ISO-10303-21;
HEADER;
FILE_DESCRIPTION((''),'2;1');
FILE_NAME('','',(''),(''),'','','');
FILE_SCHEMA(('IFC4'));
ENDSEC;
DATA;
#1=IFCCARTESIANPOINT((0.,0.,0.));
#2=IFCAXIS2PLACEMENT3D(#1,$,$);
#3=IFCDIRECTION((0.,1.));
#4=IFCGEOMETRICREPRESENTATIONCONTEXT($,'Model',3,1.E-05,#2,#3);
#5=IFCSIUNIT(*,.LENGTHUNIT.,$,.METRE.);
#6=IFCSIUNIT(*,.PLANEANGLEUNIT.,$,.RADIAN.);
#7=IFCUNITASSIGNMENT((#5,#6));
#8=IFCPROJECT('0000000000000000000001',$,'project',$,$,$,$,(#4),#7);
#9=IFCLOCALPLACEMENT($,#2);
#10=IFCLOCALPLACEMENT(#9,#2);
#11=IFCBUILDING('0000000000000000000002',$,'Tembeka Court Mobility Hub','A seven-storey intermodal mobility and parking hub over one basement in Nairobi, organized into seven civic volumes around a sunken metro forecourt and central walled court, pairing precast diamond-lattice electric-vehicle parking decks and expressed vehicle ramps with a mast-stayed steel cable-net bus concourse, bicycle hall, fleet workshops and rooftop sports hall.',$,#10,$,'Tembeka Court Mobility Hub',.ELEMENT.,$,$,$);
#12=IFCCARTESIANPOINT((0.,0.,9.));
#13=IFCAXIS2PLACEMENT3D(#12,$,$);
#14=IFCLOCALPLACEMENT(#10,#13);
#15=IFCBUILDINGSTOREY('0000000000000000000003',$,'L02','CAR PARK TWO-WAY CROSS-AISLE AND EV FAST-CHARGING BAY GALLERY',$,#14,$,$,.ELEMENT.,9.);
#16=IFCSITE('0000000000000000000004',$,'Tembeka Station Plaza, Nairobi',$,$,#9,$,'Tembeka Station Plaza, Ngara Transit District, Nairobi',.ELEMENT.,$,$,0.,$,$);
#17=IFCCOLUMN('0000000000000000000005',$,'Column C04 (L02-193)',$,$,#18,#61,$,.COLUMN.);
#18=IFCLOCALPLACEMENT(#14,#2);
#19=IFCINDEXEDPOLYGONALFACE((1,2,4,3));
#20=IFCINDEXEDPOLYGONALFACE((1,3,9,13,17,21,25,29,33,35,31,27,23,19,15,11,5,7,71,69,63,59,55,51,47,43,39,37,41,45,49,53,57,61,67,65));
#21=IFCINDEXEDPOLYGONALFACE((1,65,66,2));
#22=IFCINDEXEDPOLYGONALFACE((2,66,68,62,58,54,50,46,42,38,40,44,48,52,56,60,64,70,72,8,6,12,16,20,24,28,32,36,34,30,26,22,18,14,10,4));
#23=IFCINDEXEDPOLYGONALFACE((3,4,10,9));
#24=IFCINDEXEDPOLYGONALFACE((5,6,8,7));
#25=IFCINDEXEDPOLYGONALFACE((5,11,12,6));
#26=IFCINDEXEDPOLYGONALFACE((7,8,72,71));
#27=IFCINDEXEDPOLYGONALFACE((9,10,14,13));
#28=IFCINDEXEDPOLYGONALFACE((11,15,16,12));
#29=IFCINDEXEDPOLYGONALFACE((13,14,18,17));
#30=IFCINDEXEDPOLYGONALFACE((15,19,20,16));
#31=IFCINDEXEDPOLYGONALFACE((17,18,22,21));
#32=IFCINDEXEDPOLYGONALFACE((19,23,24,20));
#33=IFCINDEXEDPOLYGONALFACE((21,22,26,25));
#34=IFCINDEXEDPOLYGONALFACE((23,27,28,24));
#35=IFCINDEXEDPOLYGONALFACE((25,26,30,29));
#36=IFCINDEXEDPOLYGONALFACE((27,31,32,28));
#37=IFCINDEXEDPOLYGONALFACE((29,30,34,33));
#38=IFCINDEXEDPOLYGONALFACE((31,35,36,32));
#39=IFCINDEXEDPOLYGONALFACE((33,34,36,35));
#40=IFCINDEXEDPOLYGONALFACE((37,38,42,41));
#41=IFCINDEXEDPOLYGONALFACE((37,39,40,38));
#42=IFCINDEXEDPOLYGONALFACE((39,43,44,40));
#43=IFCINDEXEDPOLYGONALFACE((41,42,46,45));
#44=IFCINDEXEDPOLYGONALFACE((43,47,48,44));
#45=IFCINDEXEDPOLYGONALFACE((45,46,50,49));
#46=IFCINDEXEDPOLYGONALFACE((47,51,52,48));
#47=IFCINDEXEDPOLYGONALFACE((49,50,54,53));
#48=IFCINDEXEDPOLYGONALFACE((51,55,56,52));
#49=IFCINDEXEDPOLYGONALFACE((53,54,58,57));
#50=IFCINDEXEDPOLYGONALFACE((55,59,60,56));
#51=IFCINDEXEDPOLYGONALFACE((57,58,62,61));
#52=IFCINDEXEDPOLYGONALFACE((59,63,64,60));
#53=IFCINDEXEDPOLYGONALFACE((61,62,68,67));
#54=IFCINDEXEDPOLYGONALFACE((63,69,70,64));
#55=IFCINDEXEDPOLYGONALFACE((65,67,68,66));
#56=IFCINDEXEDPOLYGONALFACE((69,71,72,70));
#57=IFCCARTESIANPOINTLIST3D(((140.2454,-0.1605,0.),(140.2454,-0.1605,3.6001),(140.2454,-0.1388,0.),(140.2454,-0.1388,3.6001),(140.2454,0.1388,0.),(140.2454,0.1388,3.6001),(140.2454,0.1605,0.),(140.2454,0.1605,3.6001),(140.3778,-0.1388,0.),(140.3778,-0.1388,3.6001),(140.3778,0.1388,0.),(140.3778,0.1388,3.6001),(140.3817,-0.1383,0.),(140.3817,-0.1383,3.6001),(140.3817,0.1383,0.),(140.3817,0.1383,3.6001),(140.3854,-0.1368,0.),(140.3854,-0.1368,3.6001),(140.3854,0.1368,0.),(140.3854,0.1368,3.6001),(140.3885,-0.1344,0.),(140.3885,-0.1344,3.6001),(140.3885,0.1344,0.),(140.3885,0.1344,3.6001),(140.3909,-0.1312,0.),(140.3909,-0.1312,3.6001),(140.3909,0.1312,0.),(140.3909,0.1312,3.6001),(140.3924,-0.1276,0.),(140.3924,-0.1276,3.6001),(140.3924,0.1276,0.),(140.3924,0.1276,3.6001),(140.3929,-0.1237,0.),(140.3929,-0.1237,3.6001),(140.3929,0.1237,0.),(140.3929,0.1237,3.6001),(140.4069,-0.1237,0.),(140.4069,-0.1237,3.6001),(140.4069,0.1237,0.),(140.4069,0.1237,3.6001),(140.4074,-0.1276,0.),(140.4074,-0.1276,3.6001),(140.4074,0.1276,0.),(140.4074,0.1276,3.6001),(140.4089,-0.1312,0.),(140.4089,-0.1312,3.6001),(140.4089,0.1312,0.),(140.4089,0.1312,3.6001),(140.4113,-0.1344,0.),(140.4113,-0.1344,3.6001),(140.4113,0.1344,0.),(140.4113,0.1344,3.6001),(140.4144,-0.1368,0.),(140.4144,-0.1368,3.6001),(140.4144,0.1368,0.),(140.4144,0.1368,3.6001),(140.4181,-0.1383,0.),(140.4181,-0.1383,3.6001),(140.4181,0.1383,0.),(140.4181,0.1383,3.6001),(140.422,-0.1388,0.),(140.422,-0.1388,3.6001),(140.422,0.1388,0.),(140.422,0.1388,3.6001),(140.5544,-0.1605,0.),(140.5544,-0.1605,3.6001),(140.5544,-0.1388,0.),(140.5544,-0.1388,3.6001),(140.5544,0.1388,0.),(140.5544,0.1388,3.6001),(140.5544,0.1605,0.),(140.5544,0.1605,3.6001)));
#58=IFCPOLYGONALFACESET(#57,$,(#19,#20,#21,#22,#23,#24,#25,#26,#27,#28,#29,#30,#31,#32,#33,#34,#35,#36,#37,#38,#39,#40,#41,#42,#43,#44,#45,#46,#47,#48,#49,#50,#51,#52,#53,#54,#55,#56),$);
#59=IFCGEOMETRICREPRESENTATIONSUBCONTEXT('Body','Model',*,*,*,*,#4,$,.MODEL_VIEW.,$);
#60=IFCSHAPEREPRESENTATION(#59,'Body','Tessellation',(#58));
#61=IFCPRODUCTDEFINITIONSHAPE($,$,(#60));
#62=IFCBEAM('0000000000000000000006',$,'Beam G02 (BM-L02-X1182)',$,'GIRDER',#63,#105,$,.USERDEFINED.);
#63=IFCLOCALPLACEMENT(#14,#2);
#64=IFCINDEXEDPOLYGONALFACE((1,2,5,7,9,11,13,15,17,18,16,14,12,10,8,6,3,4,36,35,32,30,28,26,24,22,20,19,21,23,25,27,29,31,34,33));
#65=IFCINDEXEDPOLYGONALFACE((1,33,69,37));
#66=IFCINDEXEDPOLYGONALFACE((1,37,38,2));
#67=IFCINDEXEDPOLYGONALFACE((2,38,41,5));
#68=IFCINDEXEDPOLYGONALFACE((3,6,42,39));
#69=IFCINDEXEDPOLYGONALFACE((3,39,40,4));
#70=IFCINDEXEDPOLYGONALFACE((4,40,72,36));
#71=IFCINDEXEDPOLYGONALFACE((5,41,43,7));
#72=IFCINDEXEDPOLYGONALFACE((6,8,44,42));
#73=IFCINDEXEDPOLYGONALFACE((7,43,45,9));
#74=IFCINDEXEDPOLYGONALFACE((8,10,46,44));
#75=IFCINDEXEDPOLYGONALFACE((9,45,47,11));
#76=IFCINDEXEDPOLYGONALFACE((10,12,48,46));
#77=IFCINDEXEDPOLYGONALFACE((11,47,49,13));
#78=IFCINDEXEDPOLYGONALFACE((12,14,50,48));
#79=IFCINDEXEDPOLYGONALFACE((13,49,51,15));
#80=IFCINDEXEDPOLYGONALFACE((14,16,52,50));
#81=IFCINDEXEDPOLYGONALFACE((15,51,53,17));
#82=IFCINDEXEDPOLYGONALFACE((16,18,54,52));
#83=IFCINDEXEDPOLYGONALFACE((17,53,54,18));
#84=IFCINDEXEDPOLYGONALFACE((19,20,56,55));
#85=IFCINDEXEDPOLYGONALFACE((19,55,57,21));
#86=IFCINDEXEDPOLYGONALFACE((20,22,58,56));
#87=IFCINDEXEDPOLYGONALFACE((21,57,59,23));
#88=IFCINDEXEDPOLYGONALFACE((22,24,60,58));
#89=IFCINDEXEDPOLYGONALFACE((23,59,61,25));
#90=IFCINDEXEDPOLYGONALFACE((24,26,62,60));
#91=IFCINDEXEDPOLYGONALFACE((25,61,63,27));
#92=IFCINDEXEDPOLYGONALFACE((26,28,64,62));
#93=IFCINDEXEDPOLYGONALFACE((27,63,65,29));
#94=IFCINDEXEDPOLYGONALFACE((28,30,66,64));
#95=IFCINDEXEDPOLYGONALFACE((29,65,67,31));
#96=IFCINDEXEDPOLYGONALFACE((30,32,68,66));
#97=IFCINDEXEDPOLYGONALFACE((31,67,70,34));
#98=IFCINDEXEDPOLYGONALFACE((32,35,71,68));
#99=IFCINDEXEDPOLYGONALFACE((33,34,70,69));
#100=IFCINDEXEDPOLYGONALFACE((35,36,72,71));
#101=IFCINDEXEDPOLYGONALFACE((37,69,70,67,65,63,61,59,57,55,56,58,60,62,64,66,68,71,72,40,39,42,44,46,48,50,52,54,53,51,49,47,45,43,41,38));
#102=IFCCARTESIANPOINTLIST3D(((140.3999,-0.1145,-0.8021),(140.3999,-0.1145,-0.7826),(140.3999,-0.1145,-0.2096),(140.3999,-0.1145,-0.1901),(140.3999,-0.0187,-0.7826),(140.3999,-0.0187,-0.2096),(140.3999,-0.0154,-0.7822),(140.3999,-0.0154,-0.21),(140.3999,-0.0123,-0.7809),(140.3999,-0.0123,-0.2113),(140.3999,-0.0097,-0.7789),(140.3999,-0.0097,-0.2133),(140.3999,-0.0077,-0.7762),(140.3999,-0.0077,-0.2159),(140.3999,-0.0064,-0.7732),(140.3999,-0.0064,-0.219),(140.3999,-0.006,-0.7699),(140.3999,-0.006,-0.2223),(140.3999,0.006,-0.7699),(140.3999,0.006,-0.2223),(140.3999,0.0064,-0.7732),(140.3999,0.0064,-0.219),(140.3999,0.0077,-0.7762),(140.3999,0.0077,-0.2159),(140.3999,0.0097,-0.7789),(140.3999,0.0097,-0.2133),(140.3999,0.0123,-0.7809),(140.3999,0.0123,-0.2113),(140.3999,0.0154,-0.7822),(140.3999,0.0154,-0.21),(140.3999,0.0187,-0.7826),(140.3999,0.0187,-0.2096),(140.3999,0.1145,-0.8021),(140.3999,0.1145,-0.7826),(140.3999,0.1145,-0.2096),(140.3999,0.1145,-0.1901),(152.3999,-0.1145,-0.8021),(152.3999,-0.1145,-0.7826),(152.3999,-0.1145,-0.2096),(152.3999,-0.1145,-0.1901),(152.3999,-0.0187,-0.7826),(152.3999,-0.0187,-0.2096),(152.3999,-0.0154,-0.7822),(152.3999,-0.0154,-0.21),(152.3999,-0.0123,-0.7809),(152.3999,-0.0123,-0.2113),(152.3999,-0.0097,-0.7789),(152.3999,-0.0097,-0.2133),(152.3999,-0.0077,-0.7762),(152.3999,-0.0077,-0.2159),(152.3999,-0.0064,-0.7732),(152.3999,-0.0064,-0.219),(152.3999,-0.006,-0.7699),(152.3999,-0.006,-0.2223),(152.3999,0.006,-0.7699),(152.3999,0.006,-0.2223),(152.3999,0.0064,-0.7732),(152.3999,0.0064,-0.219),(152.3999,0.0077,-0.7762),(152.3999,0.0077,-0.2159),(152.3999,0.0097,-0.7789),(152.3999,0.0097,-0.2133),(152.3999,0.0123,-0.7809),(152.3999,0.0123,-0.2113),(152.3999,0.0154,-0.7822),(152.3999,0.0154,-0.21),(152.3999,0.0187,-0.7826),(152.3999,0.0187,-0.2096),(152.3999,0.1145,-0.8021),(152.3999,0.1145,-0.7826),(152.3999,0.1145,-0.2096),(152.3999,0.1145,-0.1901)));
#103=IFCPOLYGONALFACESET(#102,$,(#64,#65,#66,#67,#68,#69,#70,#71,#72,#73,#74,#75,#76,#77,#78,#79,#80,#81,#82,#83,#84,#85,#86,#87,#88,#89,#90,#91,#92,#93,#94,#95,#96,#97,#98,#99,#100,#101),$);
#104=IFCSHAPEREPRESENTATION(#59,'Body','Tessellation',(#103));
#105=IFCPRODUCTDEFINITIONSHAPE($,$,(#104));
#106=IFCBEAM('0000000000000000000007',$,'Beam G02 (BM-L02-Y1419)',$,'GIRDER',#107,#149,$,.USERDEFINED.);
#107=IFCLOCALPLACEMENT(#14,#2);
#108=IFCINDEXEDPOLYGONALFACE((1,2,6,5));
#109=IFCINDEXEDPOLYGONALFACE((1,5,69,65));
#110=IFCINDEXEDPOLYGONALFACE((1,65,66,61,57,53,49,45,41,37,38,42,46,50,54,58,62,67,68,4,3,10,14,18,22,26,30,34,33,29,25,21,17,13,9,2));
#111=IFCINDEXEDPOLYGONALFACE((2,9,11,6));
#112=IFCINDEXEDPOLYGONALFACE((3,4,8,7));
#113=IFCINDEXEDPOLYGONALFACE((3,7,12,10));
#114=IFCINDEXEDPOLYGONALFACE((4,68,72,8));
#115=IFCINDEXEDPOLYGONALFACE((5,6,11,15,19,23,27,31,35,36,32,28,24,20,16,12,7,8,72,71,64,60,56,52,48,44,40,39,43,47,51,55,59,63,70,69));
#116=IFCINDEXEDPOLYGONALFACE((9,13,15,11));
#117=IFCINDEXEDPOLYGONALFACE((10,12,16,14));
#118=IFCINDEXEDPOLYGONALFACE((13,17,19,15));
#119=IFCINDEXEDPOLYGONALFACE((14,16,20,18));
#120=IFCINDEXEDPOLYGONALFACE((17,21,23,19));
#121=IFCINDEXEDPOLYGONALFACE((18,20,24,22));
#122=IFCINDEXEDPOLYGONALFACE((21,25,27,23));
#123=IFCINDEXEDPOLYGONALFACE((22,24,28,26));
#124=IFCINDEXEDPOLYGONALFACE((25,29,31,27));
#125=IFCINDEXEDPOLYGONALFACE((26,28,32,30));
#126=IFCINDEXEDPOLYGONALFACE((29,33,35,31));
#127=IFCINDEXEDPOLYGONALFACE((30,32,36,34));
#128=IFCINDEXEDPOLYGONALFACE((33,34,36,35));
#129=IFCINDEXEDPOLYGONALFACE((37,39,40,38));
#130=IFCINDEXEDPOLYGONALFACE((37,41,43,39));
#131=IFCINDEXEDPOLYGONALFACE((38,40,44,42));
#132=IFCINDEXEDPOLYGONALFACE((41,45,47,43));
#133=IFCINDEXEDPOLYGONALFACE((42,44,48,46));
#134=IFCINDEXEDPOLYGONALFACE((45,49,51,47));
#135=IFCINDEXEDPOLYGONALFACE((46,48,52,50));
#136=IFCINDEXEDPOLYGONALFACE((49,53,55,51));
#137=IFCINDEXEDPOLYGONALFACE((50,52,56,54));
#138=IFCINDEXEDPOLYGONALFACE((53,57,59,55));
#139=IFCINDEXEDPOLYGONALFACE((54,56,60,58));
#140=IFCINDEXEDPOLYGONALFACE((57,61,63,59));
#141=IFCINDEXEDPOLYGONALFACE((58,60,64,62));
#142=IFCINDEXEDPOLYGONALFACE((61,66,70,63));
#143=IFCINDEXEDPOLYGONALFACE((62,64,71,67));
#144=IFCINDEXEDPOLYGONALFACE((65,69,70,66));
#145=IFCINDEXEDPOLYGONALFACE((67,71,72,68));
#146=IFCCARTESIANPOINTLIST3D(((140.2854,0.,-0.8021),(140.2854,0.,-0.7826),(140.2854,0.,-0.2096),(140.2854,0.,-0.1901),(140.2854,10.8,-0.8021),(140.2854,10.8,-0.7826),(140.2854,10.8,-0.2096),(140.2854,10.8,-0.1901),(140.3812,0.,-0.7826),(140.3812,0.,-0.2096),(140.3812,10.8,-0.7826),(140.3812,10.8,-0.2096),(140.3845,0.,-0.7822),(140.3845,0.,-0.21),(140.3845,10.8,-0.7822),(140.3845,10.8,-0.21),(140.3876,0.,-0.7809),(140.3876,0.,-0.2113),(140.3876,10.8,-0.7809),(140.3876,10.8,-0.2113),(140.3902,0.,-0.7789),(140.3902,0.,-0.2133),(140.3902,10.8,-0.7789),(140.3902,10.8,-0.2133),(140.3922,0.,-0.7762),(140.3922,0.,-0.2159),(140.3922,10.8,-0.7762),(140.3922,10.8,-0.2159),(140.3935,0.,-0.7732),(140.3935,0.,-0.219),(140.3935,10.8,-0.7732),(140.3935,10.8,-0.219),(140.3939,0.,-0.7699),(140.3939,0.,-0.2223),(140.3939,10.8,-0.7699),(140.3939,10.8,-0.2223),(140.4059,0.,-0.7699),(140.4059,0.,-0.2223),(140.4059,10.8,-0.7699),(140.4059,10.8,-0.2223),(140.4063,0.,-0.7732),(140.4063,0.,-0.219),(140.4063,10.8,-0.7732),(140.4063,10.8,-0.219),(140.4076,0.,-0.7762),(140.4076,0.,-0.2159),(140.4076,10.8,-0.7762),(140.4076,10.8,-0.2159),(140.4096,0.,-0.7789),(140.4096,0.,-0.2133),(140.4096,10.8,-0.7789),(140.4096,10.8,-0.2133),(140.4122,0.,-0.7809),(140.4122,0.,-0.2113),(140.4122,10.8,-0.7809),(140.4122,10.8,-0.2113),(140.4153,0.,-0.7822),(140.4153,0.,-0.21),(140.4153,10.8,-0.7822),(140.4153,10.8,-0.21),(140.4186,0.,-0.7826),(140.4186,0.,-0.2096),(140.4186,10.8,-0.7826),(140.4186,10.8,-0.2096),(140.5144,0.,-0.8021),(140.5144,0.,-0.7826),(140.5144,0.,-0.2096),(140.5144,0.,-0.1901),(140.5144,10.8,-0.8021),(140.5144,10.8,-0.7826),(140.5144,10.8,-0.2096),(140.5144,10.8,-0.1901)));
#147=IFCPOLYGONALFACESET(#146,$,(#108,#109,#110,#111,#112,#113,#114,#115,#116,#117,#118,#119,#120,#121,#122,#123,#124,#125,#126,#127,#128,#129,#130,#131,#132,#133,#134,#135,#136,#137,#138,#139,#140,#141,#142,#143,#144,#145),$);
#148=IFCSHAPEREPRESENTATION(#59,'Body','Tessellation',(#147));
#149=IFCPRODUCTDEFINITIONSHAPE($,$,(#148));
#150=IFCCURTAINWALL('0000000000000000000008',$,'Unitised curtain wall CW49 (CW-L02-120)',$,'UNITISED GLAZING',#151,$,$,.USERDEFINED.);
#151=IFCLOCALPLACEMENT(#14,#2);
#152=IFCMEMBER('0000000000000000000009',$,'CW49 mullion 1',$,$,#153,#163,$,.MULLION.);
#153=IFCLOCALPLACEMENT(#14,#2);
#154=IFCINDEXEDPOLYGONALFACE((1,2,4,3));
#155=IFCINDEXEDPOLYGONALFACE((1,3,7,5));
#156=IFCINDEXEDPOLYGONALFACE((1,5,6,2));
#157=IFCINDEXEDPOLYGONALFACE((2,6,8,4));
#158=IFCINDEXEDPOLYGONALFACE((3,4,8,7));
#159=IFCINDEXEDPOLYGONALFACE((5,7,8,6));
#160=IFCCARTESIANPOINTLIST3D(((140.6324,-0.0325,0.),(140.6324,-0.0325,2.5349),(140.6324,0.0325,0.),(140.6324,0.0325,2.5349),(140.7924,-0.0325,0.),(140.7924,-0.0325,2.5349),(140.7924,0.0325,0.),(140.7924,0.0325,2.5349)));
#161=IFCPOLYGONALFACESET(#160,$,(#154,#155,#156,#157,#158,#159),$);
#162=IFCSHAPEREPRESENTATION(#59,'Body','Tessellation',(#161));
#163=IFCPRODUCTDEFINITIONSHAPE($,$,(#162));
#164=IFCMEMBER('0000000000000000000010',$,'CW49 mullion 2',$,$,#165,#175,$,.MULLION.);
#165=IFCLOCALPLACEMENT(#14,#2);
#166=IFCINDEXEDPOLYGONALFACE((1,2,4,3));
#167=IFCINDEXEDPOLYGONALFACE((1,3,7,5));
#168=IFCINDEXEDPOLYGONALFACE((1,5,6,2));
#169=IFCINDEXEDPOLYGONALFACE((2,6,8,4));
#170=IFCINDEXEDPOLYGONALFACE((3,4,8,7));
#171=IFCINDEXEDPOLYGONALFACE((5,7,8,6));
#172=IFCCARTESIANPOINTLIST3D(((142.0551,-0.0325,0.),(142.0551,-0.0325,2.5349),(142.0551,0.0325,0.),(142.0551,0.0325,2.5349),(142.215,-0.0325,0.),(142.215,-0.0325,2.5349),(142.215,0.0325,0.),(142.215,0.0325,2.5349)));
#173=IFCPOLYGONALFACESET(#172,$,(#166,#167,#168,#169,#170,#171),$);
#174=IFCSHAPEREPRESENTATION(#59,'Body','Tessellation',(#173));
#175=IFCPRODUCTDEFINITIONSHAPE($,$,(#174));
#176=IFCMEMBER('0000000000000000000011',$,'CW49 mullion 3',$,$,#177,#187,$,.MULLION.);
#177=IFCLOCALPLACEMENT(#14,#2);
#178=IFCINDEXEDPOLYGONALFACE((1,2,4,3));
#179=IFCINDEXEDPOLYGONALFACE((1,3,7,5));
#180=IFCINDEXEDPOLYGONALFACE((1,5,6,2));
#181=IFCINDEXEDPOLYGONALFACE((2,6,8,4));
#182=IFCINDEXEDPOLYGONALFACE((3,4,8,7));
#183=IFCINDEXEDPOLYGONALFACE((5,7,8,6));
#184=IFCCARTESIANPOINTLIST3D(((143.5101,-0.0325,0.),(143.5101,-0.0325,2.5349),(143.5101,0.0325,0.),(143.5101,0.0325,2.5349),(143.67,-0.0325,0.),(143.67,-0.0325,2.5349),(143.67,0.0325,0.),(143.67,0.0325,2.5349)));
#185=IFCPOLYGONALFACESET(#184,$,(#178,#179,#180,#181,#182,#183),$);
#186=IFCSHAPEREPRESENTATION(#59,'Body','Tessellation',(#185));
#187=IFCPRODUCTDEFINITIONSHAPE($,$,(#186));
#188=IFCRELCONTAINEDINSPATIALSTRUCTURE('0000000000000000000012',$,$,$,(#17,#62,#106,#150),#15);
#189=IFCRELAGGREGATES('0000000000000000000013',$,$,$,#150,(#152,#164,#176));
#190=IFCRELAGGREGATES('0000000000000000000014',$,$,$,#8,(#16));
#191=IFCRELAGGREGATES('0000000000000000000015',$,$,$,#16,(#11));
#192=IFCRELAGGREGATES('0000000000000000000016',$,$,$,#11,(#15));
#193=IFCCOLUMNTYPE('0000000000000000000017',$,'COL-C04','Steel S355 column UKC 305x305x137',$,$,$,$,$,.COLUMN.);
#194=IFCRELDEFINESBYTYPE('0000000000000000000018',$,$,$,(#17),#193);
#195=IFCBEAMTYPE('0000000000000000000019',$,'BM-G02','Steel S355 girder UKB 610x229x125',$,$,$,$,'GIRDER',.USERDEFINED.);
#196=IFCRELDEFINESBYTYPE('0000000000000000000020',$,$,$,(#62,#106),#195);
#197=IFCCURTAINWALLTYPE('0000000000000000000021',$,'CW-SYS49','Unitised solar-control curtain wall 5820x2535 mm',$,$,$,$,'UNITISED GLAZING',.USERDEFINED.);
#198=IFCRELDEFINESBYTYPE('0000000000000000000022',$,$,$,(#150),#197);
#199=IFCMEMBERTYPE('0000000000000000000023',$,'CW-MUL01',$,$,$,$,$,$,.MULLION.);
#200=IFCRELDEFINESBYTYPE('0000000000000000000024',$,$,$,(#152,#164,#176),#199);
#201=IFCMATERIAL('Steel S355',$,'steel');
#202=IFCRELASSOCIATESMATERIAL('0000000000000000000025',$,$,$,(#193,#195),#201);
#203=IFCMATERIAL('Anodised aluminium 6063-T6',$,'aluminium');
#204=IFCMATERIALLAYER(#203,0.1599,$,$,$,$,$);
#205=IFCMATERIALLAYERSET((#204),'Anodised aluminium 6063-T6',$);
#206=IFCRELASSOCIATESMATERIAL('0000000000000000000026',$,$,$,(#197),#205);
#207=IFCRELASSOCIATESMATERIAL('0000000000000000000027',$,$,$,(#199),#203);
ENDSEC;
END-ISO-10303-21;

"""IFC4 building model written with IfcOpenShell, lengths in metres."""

from ifc_helpers import new_model, si_unit, direction, frame, origin, origin_2d, place, context, subcontext, project, spatial, rectangle, i_section, extrude, material, layer, layer_set, material_profile, profile_set, type_object, element, aggregate, save


model = new_model("IFC4")

# Units and contexts
model_context = context("Model", 3, precision=1e-05, world=origin(), true_north=direction((0.0, 1.0)))
body_context = subcontext(model_context, "Body", "Model", "MODEL_VIEW")
ifc_project = project(units=[si_unit("LENGTHUNIT", "METRE"), si_unit("PLANEANGLEUNIT", "RADIAN")], contexts=[model_context])

# Site, building, storey
site_placement = place(None, origin())
site = spatial("IfcSite", under=ifc_project, at=site_placement, Name="Tembeka Station Plaza, Nairobi", LongName="Tembeka Station Plaza, Ngara Transit District, Nairobi", CompositionType="ELEMENT", RefElevation=0.0)
building_placement = place(site_placement, origin())
building = spatial("IfcBuilding", under=site, at=building_placement, Name="Tembeka Court Mobility Hub", Description="A seven-storey intermodal mobility and parking hub over one basement in Nairobi, organized into seven civic volumes around a sunken metro forecourt and central walled court, pairing precast diamond-lattice electric-vehicle parking decks and expressed vehicle ramps with a mast-stayed steel cable-net bus concourse, bicycle hall, fleet workshops and rooftop sports hall.", LongName="Tembeka Court Mobility Hub", CompositionType="ELEMENT")
storey_placement = place(building_placement, frame((0.0, 0.0, 9.0)))
storey = spatial("IfcBuildingStorey", under=building, at=storey_placement, Name="L02", Description="CAR PARK TWO-WAY CROSS-AISLE AND EV FAST-CHARGING BAY GALLERY", CompositionType="ELEMENT", Elevation=9.0)

# Column
ifc_material_1 = material(Name="Steel S355", Category="steel")
ifc_material_profile_1 = material_profile(ifc_material_1, i_section(OverallWidth=0.3091, OverallDepth=0.321, WebThickness=0.0139, FlangeThickness=0.0217, FilletRadius=0.0151, at=origin_2d()), Name="UKC 305x305x137")
ifc_profile_set_1 = profile_set([ifc_material_profile_1], Name="Steel S355")
column_type = type_object("IfcColumnType", Name="COL-C04", Description="Steel S355 column UKC 305x305x137", PredefinedType="COLUMN", material=ifc_profile_set_1)
column_placement = place(storey_placement, frame((140.3999, 0.0, 0.0), z_axis=(0.0, 0.0, 1.0), x_axis=(1.0, 0.0, 0.0)))
element("IfcColumn", 1, at=column_placement, inside=storey, type_object=column_type, Name="Column C04 (L02-193)", PredefinedType="COLUMN", context=body_context, shape_type="SweptSolid", body=[
    extrude(i_section(OverallWidth=0.3091, OverallDepth=0.321, WebThickness=0.0139, FlangeThickness=0.0217, FilletRadius=0.0151, at=origin_2d()), origin(), (0.0, 0.0, 1.0), 3.6001),
])

# Beams
ifc_material_profile_2 = material_profile(ifc_material_1, i_section(OverallWidth=0.229, OverallDepth=0.6121, WebThickness=0.012, FlangeThickness=0.0195, FilletRadius=0.0127, at=origin_2d()), Name="UKB 610x229x125")
ifc_profile_set_2 = profile_set([ifc_material_profile_2], Name="Steel S355")
beam_type = type_object("IfcBeamType", Name="BM-G02", Description="Steel S355 girder UKB 610x229x125", ElementType="GIRDER", PredefinedType="USERDEFINED", material=ifc_profile_set_2)
beam_1_placement = place(storey_placement, frame((140.3999, 0.0, -0.4961), z_axis=(1.0, 0.0, 0.0), x_axis=(0.0, 1.0, 0.0)))
element("IfcBeam", 2, at=beam_1_placement, inside=storey, type_object=beam_type, Name="Beam G02 (BM-L02-X1182)", ObjectType="GIRDER", PredefinedType="USERDEFINED", context=body_context, shape_type="SweptSolid", body=[
    extrude(i_section(OverallWidth=0.229, OverallDepth=0.6121, WebThickness=0.012, FlangeThickness=0.0195, FilletRadius=0.0127, at=origin_2d()), origin(), (0.0, 0.0, 1.0), 12.0),
])
beam_2_placement = place(storey_placement, frame((140.3999, 0.0, -0.4961), z_axis=(0.0, 1.0, 0.0), x_axis=(-1.0, 0.0, 0.0)))
element("IfcBeam", 3, at=beam_2_placement, inside=storey, type_object=beam_type, Name="Beam G02 (BM-L02-Y1419)", ObjectType="GIRDER", PredefinedType="USERDEFINED", context=body_context, shape_type="SweptSolid", body=[
    extrude(i_section(OverallWidth=0.229, OverallDepth=0.6121, WebThickness=0.012, FlangeThickness=0.0195, FilletRadius=0.0127, at=origin_2d()), origin(), (0.0, 0.0, 1.0), 10.8),
])

# Curtain wall, members
ifc_material_2 = material(Name="Anodised aluminium 6063-T6", Category="aluminium")
ifc_layer_1 = layer(ifc_material_2, 0.1599)
ifc_layer_set_1 = layer_set([ifc_layer_1], Name="Anodised aluminium 6063-T6")
curtain_wall_type = type_object("IfcCurtainWallType", Name="CW-SYS49", Description="Unitised solar-control curtain wall 5820x2535 mm", ElementType="UNITISED GLAZING", PredefinedType="USERDEFINED", material=ifc_layer_set_1)
curtain_wall_placement = place(storey_placement, origin())
curtain_wall = element("IfcCurtainWall", 4, at=curtain_wall_placement, inside=storey, type_object=curtain_wall_type, Name="Unitised curtain wall CW49 (CW-L02-120)", ObjectType="UNITISED GLAZING", PredefinedType="USERDEFINED")
ifc_material_profile_3 = material_profile(ifc_material_2, rectangle(XDim=0.0649, YDim=0.1599, at=origin_2d()), Name="ALU-MUL 65x160")
ifc_profile_set_3 = profile_set([ifc_material_profile_3], Name="Anodised aluminium 6063-T6")
member_type_1 = type_object("IfcMemberType", Name="CW-MUL01", PredefinedType="MULLION", material=ifc_profile_set_3)
member_1_placement = place(storey_placement, frame((140.7124, 0.0, 0.0), z_axis=(0.0, 0.0, 1.0), x_axis=(0.0, 1.0, 0.0)))
member_1 = element("IfcMember", 5, at=member_1_placement, type_object=member_type_1, Name="CW49 mullion 1", PredefinedType="MULLION", context=body_context, shape_type="SweptSolid", body=[
    extrude(rectangle(XDim=0.0649, YDim=0.1599, at=origin_2d()), origin(), (0.0, 0.0, 1.0), 2.5349),
])
member_2_placement = place(storey_placement, frame((142.135, 0.0, 0.0), z_axis=(0.0, 0.0, 1.0), x_axis=(0.0, 1.0, 0.0)))
member_2 = element("IfcMember", 6, at=member_2_placement, type_object=member_type_1, Name="CW49 mullion 2", PredefinedType="MULLION", context=body_context, shape_type="SweptSolid", body=[
    extrude(rectangle(XDim=0.0649, YDim=0.1599, at=origin_2d()), origin(), (0.0, 0.0, 1.0), 2.5349),
])
member_3_placement = place(storey_placement, frame((143.5901, 0.0, 0.0), z_axis=(0.0, 0.0, 1.0), x_axis=(0.0, 1.0, 0.0)))
member_3 = element("IfcMember", 7, at=member_3_placement, type_object=member_type_1, Name="CW49 mullion 3", PredefinedType="MULLION", context=body_context, shape_type="SweptSolid", body=[
    extrude(rectangle(XDim=0.0649, YDim=0.1599, at=origin_2d()), origin(), (0.0, 0.0, 1.0), 2.5349),
])
aggregate(curtain_wall, [member_1, member_2, member_3])

save(model, "model.ifc")
